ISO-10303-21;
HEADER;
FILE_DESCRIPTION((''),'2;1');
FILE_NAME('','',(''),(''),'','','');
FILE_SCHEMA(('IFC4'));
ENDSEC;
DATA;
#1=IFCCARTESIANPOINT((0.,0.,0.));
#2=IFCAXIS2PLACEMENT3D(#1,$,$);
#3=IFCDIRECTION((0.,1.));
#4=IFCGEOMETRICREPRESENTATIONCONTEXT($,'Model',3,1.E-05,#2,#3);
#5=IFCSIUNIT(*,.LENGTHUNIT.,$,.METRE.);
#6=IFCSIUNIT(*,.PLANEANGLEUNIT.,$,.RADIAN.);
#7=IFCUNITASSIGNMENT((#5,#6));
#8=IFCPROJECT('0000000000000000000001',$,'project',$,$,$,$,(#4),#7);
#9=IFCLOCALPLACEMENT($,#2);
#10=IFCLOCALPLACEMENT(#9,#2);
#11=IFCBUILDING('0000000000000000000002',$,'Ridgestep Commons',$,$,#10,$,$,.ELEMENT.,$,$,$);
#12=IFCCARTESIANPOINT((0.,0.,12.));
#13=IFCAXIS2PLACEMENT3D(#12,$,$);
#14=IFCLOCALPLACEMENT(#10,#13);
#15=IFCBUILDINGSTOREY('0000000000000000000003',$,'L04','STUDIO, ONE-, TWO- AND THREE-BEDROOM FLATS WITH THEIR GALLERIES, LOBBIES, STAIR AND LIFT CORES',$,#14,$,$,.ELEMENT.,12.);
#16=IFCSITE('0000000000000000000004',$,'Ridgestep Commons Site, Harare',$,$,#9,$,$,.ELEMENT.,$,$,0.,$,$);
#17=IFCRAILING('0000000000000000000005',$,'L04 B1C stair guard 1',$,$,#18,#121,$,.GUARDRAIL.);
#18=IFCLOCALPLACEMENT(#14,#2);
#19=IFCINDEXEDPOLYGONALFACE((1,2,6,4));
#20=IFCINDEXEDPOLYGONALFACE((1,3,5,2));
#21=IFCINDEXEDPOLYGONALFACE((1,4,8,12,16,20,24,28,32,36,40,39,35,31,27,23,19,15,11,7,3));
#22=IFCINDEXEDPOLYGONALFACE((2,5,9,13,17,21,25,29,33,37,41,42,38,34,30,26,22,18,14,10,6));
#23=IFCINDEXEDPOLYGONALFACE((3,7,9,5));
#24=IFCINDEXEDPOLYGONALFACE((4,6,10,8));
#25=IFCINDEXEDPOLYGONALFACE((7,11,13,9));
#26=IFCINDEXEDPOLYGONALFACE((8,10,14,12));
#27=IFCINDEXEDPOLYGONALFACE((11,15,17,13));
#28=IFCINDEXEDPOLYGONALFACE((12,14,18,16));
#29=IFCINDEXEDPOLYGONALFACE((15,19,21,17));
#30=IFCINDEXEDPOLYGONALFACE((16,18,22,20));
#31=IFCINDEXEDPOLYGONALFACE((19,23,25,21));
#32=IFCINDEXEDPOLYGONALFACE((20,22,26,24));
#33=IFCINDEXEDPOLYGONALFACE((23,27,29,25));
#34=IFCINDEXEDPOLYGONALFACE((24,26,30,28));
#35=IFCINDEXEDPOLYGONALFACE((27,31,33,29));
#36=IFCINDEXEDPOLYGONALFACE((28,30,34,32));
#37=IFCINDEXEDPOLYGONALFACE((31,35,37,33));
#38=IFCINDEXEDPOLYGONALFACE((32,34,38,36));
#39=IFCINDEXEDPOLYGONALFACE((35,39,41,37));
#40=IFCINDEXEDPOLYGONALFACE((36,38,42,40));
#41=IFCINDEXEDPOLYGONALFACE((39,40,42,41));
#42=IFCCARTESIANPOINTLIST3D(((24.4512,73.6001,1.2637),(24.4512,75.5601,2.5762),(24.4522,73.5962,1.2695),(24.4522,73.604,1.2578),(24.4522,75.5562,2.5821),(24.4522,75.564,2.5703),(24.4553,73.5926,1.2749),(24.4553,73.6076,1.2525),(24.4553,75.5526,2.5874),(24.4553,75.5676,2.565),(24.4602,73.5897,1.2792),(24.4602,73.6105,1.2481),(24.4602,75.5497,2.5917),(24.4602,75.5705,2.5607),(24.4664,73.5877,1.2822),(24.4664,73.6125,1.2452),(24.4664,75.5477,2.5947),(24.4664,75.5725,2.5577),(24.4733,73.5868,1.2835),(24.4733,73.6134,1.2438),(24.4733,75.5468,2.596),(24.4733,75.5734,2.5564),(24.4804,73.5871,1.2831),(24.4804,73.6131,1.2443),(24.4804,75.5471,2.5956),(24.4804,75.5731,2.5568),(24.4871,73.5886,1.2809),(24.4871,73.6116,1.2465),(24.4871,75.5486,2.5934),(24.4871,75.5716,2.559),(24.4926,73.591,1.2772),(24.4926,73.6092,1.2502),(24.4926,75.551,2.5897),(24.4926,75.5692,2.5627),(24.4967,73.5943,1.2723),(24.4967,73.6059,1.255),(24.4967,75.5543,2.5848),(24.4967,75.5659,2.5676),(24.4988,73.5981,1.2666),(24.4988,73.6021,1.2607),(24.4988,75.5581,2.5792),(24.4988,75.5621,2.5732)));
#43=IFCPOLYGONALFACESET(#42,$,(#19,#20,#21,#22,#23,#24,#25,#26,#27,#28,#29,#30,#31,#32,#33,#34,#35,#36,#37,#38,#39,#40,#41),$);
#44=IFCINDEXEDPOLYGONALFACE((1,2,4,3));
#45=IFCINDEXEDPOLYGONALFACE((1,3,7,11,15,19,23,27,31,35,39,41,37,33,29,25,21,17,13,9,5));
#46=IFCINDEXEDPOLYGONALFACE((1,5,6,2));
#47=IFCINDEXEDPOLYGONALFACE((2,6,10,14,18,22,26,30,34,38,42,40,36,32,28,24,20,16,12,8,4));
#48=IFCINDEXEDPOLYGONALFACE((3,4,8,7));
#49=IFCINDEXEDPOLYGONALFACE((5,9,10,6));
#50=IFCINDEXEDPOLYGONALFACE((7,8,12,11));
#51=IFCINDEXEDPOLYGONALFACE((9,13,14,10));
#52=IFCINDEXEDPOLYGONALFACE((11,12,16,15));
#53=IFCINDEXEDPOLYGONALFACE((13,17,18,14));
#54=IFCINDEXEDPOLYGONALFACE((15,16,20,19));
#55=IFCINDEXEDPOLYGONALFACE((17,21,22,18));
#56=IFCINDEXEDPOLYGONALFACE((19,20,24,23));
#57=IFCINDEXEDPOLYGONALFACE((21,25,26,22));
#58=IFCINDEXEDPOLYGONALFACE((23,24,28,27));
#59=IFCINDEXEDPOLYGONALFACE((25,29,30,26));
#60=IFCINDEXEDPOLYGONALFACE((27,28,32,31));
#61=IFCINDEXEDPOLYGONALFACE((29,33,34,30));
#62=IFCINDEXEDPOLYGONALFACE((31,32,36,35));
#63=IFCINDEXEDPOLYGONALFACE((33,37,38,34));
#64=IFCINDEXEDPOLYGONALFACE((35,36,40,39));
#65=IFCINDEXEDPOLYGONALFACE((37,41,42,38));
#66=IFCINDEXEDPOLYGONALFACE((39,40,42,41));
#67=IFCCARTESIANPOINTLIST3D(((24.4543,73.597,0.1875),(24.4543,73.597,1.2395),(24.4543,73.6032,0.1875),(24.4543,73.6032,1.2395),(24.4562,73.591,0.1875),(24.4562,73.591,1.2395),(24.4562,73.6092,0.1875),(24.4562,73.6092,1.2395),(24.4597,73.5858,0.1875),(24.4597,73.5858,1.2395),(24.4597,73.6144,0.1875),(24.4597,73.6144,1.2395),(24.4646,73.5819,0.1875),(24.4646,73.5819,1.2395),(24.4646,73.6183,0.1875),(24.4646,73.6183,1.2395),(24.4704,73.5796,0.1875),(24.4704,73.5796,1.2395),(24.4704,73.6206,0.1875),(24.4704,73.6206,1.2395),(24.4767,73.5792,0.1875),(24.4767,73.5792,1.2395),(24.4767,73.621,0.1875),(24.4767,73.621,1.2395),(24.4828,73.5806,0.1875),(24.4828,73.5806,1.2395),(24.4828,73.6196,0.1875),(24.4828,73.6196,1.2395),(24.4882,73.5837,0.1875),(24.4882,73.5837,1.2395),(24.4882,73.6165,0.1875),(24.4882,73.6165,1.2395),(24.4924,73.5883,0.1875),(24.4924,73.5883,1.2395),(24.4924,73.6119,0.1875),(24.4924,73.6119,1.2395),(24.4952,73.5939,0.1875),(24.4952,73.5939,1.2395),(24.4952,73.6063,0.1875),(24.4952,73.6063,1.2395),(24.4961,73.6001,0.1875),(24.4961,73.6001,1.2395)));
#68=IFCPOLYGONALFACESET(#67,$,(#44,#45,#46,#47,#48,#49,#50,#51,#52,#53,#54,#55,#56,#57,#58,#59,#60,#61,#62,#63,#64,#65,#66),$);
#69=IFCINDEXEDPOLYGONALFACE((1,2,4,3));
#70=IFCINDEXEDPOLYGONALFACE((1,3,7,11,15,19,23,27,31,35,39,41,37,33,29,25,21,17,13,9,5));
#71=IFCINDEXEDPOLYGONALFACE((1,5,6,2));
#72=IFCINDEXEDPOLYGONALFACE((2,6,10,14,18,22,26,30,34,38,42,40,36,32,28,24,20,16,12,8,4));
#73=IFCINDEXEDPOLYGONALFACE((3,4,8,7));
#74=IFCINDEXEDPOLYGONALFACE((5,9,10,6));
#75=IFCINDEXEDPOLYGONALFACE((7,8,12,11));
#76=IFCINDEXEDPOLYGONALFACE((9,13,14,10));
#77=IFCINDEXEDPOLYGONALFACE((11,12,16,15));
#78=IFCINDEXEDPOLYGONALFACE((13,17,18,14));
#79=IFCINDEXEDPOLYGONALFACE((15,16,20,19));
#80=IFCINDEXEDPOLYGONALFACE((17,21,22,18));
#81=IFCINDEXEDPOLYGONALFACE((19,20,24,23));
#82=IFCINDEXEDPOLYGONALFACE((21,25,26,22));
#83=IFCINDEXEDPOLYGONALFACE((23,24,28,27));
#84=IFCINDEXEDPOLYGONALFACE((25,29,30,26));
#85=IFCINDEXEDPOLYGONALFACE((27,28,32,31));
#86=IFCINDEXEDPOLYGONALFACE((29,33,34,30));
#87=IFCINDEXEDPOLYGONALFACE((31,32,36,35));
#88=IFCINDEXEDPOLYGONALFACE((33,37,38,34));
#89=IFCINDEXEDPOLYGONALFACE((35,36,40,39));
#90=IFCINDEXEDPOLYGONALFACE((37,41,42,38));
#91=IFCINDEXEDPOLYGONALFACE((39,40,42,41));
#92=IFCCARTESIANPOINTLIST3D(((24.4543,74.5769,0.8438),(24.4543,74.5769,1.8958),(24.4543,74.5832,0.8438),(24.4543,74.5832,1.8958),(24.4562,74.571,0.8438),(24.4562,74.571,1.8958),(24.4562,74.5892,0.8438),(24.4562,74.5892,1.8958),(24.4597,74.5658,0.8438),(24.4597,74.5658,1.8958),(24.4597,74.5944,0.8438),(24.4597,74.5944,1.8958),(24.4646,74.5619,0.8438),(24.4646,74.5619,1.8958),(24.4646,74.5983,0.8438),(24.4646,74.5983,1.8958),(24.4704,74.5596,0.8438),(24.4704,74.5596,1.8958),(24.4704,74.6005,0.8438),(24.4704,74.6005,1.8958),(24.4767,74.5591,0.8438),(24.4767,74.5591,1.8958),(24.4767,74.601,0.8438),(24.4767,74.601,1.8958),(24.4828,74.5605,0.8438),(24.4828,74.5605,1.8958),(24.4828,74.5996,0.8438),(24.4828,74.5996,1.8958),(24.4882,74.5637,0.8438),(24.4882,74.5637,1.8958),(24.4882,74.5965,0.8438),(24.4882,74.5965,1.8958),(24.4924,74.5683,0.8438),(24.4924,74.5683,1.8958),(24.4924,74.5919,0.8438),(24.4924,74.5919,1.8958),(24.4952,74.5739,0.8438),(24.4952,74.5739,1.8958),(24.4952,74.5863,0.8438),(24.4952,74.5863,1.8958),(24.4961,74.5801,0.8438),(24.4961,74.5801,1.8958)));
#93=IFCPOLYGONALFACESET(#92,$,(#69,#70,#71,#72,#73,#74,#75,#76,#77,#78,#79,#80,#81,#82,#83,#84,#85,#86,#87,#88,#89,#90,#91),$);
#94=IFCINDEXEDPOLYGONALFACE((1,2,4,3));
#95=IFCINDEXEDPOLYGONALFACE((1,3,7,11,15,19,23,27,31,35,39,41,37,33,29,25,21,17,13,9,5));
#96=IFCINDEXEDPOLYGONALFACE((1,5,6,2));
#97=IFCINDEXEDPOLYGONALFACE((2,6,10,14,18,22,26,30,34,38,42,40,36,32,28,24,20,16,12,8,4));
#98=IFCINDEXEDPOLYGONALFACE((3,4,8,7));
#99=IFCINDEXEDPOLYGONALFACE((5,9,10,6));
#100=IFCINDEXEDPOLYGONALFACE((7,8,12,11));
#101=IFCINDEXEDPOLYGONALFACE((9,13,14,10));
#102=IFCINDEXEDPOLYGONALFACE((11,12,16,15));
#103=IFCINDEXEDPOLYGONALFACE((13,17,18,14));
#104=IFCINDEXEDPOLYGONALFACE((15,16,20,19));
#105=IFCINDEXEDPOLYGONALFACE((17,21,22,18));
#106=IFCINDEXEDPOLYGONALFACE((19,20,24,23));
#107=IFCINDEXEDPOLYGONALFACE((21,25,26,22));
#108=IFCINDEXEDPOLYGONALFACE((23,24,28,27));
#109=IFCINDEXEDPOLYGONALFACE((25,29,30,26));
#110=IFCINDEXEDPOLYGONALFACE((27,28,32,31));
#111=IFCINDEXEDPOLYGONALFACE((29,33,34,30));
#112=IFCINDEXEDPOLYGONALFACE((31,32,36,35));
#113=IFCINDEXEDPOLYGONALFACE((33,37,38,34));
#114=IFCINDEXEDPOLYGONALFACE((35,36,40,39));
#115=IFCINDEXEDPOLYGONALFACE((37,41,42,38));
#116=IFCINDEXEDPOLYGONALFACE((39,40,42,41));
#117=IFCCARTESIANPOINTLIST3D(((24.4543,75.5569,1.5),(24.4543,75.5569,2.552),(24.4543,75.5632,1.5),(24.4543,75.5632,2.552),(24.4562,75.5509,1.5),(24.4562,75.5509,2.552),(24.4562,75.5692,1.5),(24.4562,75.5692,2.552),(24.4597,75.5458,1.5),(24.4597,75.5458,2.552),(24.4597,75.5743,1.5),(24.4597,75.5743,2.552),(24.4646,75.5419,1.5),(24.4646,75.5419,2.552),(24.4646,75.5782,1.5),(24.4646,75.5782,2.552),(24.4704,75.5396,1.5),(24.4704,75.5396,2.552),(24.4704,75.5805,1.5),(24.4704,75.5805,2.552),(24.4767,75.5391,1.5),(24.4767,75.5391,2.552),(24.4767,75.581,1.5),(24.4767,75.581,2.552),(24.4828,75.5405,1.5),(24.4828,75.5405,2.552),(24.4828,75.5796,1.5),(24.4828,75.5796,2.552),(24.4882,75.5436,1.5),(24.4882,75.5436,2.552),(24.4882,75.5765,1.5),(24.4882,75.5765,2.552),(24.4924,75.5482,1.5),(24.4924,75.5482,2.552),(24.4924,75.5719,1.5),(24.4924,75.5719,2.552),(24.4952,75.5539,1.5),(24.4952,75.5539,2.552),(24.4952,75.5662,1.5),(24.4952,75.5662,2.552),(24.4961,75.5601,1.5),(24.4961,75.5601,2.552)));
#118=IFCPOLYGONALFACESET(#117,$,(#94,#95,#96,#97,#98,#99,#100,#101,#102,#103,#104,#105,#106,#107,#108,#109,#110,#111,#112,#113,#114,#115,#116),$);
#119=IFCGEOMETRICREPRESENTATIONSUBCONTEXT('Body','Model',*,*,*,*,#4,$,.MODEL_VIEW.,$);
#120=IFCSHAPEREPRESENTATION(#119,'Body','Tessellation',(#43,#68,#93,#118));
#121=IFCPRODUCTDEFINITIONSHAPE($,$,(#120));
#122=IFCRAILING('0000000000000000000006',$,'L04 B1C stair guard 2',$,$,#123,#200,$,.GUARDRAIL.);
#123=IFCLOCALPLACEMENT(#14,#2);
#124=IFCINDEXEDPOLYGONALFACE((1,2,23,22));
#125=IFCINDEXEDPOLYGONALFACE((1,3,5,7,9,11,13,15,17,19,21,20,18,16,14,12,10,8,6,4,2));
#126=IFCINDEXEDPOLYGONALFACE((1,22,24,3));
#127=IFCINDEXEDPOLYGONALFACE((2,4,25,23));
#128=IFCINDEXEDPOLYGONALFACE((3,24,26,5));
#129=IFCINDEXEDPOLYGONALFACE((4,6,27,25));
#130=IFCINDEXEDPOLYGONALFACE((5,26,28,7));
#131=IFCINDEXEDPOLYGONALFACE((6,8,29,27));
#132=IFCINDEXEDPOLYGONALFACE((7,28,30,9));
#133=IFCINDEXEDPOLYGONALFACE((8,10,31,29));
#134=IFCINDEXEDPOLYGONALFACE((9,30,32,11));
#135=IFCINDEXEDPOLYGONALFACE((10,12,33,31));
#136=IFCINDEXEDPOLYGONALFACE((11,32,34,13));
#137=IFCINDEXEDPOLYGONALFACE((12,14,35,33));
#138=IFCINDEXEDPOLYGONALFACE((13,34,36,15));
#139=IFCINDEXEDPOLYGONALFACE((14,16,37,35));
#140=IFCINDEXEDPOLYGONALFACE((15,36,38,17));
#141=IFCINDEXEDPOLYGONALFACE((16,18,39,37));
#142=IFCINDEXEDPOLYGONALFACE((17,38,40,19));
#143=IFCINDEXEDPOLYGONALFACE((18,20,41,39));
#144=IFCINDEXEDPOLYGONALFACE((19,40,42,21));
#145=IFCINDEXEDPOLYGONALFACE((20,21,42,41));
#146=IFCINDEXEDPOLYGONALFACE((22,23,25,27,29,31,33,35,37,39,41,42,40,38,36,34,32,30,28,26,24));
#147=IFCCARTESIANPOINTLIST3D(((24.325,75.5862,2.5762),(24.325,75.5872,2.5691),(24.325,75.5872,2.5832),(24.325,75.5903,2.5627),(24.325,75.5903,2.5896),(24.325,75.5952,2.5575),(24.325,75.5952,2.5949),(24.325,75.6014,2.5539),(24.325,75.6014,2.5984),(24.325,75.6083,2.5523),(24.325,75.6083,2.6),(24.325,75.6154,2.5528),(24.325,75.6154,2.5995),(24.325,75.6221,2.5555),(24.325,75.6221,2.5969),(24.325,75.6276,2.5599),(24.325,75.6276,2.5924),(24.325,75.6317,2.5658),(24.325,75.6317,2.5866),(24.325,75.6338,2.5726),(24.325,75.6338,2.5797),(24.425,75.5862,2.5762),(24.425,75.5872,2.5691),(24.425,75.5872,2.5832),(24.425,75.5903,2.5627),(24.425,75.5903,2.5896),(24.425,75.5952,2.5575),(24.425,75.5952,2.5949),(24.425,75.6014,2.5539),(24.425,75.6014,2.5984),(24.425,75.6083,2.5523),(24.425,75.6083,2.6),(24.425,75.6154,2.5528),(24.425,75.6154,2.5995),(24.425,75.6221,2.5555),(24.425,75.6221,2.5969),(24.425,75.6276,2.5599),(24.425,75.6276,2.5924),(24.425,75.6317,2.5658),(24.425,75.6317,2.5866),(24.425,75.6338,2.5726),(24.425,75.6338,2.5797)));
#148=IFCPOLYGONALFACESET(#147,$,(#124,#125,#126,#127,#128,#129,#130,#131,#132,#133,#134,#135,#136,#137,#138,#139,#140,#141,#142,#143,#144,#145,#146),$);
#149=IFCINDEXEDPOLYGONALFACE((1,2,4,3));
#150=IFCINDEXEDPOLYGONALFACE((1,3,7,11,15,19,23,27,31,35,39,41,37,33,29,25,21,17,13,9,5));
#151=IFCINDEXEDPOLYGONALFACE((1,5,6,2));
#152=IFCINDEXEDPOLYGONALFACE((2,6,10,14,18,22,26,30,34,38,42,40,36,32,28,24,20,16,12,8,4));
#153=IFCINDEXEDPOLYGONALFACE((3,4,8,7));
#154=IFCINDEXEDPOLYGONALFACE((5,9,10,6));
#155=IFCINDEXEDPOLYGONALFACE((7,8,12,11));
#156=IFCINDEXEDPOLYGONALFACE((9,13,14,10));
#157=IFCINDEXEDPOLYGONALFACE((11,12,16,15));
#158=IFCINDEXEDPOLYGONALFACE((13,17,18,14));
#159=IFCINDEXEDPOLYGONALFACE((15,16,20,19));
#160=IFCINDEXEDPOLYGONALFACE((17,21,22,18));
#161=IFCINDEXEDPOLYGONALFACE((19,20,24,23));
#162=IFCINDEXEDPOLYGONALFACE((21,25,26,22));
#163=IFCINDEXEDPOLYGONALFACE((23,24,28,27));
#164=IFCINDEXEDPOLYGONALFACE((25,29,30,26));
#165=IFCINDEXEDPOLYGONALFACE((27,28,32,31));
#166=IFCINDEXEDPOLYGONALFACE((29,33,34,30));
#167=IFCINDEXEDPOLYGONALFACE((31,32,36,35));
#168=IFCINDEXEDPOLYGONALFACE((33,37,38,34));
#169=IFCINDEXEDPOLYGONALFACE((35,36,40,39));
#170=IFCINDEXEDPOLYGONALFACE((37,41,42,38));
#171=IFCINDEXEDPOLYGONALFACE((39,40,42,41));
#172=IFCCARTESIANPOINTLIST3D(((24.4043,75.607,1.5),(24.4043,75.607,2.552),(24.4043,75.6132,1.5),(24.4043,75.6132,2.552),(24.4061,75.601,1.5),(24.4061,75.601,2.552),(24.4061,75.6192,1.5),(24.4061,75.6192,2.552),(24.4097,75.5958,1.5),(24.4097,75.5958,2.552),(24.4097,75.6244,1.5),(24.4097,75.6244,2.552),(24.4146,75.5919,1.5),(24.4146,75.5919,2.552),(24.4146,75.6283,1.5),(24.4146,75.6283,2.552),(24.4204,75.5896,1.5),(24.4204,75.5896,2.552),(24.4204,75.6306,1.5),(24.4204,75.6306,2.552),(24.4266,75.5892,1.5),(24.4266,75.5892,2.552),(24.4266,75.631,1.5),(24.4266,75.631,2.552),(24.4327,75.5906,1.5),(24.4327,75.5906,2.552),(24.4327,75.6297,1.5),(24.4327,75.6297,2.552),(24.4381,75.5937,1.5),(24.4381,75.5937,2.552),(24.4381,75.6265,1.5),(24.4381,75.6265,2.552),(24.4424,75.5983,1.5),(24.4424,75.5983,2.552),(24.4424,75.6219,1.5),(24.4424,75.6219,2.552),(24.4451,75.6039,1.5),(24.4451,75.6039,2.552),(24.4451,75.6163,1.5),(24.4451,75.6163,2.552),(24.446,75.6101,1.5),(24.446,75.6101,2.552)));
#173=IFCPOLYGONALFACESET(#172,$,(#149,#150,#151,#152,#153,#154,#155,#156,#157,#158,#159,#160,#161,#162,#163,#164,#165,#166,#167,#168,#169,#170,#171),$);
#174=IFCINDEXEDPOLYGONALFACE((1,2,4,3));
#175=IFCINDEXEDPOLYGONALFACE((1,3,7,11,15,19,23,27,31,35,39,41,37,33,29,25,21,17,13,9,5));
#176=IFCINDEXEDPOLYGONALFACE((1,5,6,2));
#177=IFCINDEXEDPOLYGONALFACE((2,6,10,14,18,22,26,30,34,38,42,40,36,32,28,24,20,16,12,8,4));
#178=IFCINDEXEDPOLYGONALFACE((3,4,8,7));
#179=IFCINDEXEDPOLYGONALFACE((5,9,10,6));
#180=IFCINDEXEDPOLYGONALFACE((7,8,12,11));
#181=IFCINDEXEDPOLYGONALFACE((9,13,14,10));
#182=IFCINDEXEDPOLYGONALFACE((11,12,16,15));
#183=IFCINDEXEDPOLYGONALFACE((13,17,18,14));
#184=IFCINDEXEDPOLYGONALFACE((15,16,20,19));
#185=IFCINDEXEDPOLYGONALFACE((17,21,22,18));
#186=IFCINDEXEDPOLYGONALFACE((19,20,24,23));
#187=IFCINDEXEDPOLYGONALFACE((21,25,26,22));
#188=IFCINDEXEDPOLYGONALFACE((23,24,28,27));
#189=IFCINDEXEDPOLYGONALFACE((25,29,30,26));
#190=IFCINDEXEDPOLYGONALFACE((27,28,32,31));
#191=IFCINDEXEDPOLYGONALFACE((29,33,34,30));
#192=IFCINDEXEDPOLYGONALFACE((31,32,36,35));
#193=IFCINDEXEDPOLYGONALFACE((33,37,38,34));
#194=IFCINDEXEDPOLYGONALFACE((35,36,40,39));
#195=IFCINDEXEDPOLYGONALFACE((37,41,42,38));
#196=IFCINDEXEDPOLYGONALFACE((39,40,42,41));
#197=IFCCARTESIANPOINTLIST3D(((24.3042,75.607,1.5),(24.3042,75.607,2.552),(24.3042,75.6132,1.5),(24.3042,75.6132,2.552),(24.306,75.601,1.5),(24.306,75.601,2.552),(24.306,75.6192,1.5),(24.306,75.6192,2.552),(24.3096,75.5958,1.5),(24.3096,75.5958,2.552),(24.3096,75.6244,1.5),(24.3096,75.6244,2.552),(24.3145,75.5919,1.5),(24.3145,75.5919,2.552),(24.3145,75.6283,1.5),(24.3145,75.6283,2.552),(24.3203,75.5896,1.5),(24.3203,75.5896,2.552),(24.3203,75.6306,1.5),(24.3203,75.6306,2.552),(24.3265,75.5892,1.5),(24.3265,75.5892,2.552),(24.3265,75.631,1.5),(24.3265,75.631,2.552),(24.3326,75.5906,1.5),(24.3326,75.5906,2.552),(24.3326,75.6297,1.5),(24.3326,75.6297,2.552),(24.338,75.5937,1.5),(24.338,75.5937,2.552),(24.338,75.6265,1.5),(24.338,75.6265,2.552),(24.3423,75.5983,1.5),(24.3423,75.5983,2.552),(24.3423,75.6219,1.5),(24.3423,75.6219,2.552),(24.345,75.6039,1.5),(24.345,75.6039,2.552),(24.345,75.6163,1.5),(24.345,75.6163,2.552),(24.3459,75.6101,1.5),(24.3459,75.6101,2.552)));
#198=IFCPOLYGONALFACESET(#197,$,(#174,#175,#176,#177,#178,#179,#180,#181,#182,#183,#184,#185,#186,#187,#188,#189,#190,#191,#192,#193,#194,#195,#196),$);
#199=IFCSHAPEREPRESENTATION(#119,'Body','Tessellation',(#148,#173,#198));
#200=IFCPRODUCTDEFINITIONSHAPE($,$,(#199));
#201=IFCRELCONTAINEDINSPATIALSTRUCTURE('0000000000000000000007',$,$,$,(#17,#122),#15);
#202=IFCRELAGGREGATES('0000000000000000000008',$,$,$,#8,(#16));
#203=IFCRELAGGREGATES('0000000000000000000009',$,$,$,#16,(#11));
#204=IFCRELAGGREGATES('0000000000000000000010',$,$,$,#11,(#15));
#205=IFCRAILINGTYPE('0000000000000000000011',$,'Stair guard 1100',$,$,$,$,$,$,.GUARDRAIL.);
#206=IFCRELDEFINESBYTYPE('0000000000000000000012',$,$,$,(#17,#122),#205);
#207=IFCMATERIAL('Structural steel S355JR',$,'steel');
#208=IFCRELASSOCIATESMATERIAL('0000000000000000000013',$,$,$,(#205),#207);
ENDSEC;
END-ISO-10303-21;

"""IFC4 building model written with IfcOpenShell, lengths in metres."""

from ifc_helpers import new_model, si_unit, direction, frame, origin, origin_2d, place, context, subcontext, project, spatial, circle, extrude, material, type_object, element, save


model = new_model("IFC4")

# Units and contexts
model_context = context("Model", 3, precision=1e-05, world=origin(), true_north=direction((0.0, 1.0)))
body_context = subcontext(model_context, "Body", "Model", "MODEL_VIEW")
ifc_project = project(units=[si_unit("LENGTHUNIT", "METRE"), si_unit("PLANEANGLEUNIT", "RADIAN")], contexts=[model_context])

# Site, building, storey
site_placement = place(None, origin())
site = spatial("IfcSite", under=ifc_project, at=site_placement, Name="Ridgestep Commons Site, Harare", CompositionType="ELEMENT", RefElevation=0.0)
building_placement = place(site_placement, origin())
building = spatial("IfcBuilding", under=site, at=building_placement, Name="Ridgestep Commons", CompositionType="ELEMENT")
storey_placement = place(building_placement, frame((0.0, 0.0, 12.0)))
storey = spatial("IfcBuildingStorey", under=building, at=storey_placement, Name="L04", Description="STUDIO, ONE-, TWO- AND THREE-BEDROOM FLATS WITH THEIR GALLERIES, LOBBIES, STAIR AND LIFT CORES", CompositionType="ELEMENT", Elevation=12.0)

# Railings
ifc_material_1 = material(Name="Structural steel S355JR", Category="steel")
railing_type_1 = type_object("IfcRailingType", Name="Stair guard 1100", PredefinedType="GUARDRAIL", material=ifc_material_1)
railing_1_placement = place(storey_placement, frame((24.4751, 73.6001, 0.1875)))
element("IfcRailing", 1, at=railing_1_placement, inside=storey, type_object=railing_type_1, Name="L04 B1C stair guard 1", PredefinedType="GUARDRAIL", context=body_context, shape_type="SweptSolid", body=[
    extrude(circle(Radius=0.0239, at=origin_2d()), frame((0.0, 0.0, 1.0762), z_axis=(0.0, 0.830902, 0.556419), x_axis=(-1.0, 0.0, 0.0)), (0.0, 0.0, 1.0), 2.3589),
    extrude(circle(Radius=0.021, at=origin_2d()), origin(), (0.0, 0.0, 1.0), 1.052),
    extrude(circle(Radius=0.021, at=origin_2d()), frame((0.0, 0.98, 0.6562)), (0.0, 0.0, 1.0), 1.052),
    extrude(circle(Radius=0.021, at=origin_2d()), frame((0.0, 1.96, 1.3125)), (0.0, 0.0, 1.0), 1.052),
])
railing_2_placement = place(storey_placement, frame((24.425, 75.6101, 1.5)))
element("IfcRailing", 2, at=railing_2_placement, inside=storey, type_object=railing_type_1, Name="L04 B1C stair guard 2", PredefinedType="GUARDRAIL", context=body_context, shape_type="SweptSolid", body=[
    extrude(circle(Radius=0.0239, at=origin_2d()), frame((0.0, 0.0, 1.0762), z_axis=(-1.0, 0.0, 0.0), x_axis=(0.0, -1.0, 0.0)), (0.0, 0.0, 1.0), 0.1001),
    extrude(circle(Radius=0.021, at=origin_2d()), origin(), (0.0, 0.0, 1.0), 1.052),
    extrude(circle(Radius=0.021, at=origin_2d()), frame((-0.1001, 0.0, 0.0)), (0.0, 0.0, 1.0), 1.052),
])

save(model, "model.ifc")
